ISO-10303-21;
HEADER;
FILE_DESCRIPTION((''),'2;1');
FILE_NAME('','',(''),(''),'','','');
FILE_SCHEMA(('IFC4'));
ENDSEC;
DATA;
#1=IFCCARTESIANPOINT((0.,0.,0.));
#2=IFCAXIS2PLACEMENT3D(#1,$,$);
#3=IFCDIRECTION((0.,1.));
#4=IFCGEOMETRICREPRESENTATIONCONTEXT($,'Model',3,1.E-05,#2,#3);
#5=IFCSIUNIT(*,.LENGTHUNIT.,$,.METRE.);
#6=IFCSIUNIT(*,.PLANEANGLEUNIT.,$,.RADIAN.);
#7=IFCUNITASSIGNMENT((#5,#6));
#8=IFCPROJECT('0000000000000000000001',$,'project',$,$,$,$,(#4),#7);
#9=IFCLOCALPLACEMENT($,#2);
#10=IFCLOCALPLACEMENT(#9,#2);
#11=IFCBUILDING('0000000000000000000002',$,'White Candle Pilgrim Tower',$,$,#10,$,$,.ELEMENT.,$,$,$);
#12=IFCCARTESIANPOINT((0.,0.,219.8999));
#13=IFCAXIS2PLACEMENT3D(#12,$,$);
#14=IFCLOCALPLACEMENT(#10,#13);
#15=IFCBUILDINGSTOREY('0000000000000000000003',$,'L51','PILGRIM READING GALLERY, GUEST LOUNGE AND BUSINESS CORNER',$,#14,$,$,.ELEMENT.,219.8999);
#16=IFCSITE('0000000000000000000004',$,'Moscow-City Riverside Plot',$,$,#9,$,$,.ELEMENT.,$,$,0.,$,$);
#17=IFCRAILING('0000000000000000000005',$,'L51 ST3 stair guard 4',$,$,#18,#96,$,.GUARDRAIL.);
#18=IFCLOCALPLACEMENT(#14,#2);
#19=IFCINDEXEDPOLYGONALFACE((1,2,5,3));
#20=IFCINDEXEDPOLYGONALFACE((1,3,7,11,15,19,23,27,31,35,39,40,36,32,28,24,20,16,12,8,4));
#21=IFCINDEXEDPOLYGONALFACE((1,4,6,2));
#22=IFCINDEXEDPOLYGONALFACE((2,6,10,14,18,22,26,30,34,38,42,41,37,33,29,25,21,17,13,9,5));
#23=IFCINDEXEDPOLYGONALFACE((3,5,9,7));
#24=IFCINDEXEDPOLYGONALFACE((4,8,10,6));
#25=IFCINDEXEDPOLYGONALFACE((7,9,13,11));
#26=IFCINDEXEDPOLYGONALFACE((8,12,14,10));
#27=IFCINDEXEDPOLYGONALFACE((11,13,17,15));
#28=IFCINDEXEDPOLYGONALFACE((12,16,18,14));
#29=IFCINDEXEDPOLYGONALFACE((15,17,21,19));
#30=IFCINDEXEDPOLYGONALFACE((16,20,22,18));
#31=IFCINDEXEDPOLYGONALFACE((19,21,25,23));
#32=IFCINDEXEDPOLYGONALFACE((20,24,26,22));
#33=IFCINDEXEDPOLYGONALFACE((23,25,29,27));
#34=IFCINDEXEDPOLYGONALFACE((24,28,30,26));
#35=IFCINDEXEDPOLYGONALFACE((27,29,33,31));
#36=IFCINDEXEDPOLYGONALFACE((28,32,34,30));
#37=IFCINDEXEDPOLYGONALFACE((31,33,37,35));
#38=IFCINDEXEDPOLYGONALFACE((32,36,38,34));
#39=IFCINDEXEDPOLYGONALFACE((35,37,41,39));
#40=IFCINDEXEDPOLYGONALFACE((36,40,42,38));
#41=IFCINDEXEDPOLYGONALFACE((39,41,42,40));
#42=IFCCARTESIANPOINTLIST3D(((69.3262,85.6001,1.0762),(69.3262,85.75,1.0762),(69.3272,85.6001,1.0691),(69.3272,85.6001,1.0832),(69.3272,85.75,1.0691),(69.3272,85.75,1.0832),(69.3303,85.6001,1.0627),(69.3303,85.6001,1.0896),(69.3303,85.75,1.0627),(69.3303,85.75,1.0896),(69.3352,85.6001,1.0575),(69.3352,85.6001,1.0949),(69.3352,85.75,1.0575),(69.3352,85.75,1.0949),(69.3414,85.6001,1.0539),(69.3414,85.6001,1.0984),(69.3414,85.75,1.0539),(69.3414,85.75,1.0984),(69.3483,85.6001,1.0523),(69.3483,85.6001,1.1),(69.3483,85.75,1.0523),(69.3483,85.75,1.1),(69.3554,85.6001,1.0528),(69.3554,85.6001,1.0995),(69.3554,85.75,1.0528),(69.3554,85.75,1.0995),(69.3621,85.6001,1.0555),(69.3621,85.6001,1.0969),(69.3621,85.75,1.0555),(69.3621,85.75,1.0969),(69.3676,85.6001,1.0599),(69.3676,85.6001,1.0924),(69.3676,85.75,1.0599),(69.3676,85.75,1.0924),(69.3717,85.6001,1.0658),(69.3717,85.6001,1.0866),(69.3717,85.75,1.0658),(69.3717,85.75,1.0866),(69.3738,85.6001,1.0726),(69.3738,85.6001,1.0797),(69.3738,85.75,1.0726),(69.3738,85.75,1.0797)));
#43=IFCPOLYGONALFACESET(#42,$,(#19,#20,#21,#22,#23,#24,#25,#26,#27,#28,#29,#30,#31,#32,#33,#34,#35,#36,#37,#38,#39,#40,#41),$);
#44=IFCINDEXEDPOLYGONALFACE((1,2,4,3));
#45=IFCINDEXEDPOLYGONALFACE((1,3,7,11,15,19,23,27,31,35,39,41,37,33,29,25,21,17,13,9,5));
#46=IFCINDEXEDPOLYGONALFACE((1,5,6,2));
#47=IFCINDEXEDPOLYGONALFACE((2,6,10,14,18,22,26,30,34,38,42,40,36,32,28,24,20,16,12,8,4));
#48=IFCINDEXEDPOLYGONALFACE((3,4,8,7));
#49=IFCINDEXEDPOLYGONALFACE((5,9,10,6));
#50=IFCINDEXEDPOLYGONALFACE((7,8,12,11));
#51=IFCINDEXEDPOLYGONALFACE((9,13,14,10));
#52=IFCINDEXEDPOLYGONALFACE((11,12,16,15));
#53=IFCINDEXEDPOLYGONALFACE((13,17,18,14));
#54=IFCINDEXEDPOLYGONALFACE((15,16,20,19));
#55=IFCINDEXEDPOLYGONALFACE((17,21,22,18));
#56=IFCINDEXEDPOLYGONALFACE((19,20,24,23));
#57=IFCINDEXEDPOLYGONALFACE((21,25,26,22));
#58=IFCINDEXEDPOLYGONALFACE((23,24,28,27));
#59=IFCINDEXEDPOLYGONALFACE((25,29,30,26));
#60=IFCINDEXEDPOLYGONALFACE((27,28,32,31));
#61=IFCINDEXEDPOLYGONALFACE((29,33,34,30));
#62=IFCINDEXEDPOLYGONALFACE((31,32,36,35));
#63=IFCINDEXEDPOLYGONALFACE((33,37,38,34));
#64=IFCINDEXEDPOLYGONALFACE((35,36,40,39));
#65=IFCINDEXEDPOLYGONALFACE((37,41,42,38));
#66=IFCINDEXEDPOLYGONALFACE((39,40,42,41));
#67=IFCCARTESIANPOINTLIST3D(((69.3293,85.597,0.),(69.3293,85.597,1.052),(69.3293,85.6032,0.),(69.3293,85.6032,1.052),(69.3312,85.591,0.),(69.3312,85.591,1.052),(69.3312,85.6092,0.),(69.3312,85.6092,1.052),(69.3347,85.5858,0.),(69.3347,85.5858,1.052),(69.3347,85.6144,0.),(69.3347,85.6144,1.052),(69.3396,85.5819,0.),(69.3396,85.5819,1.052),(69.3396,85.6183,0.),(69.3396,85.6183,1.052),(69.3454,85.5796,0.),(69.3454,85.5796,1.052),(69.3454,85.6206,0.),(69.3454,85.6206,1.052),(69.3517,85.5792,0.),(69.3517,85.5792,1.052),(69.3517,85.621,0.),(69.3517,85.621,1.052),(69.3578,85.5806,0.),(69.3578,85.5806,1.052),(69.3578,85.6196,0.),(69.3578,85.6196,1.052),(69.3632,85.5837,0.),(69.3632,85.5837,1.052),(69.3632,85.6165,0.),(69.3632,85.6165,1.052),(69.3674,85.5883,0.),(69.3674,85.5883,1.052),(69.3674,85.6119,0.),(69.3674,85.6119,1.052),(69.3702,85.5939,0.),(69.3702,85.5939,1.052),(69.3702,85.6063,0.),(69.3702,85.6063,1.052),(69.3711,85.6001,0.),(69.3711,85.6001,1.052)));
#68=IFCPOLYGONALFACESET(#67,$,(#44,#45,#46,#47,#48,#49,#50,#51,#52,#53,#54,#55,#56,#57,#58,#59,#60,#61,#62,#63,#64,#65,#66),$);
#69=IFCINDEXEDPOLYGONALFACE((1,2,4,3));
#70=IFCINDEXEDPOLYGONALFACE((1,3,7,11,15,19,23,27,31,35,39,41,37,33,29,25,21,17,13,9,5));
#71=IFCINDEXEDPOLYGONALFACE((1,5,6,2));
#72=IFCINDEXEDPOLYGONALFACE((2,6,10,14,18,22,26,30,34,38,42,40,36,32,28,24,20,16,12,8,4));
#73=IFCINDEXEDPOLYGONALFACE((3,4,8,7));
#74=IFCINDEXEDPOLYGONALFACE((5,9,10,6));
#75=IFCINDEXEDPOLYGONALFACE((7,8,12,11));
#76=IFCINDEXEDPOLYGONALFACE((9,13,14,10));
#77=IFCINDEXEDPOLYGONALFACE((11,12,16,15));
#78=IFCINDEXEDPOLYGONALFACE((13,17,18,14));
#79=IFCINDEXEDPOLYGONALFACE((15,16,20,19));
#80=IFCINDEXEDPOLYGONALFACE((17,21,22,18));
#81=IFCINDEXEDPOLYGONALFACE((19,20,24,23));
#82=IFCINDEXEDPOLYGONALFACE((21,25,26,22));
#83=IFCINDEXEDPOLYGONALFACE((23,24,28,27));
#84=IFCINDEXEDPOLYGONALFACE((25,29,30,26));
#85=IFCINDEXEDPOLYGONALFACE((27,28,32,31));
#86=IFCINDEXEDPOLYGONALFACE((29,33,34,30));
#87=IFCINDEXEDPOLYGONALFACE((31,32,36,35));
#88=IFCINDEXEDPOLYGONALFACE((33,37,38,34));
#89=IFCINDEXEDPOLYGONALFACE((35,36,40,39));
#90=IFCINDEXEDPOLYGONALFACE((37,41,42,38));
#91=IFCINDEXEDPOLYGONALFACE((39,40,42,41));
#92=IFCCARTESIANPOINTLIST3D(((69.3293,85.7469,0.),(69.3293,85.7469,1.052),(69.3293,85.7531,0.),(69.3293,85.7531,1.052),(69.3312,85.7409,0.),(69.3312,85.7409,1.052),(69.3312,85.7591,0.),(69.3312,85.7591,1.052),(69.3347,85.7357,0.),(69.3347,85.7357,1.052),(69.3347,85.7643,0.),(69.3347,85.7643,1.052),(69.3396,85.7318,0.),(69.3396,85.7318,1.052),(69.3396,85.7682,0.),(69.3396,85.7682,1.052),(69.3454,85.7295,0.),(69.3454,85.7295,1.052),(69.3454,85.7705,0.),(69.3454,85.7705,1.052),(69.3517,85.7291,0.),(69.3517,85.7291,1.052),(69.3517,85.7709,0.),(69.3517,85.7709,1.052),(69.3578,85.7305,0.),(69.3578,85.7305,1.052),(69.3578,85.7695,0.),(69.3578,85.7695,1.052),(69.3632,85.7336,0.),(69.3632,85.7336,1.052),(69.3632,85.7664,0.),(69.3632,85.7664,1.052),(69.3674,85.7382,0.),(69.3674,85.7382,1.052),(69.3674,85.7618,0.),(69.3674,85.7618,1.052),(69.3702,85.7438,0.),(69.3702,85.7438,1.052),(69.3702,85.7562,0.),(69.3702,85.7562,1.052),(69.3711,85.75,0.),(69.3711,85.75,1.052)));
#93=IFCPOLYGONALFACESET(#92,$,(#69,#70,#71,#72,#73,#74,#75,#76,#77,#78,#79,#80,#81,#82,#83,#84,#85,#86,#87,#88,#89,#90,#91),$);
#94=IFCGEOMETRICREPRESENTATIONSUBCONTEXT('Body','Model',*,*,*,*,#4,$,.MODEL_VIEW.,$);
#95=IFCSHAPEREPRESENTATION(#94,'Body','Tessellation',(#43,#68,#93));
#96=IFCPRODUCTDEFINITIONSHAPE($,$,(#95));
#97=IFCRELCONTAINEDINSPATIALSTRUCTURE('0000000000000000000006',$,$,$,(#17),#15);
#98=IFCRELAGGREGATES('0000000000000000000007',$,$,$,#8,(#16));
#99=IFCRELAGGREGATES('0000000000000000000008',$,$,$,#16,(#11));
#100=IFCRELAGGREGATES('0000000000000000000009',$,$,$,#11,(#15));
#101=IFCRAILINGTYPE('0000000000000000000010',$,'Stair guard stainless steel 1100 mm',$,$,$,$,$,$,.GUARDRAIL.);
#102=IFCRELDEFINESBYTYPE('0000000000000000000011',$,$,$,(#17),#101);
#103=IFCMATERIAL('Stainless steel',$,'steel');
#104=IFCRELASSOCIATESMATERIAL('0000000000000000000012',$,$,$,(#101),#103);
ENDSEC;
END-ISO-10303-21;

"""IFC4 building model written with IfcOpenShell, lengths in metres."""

from ifc_helpers import new_model, si_unit, direction, frame, origin, origin_2d, place, context, subcontext, project, spatial, circle, extrude, material, type_object, element, save


model = new_model("IFC4")

# Units and contexts
model_context = context("Model", 3, precision=1e-05, world=origin(), true_north=direction((0.0, 1.0)))
body_context = subcontext(model_context, "Body", "Model", "MODEL_VIEW")
ifc_project = project(units=[si_unit("LENGTHUNIT", "METRE"), si_unit("PLANEANGLEUNIT", "RADIAN")], contexts=[model_context])

# Site, building, storey
site_placement = place(None, origin())
site = spatial("IfcSite", under=ifc_project, at=site_placement, Name="Moscow-City Riverside Plot", CompositionType="ELEMENT", RefElevation=0.0)
building_placement = place(site_placement, origin())
building = spatial("IfcBuilding", under=site, at=building_placement, Name="White Candle Pilgrim Tower", CompositionType="ELEMENT")
storey_placement = place(building_placement, frame((0.0, 0.0, 219.8999)))
storey = spatial("IfcBuildingStorey", under=building, at=storey_placement, Name="L51", Description="PILGRIM READING GALLERY, GUEST LOUNGE AND BUSINESS CORNER", CompositionType="ELEMENT", Elevation=219.8999)

# Railing
ifc_material_1 = material(Name="Stainless steel", Category="steel")
railing_type_1 = type_object("IfcRailingType", Name="Stair guard stainless steel 1100 mm", PredefinedType="GUARDRAIL", material=ifc_material_1)
railing_1_placement = place(storey_placement, frame((69.3501, 85.6001, 0.0)))
element("IfcRailing", 1, at=railing_1_placement, inside=storey, type_object=railing_type_1, Name="L51 ST3 stair guard 4", PredefinedType="GUARDRAIL", context=body_context, shape_type="SweptSolid", body=[
    extrude(circle(Radius=0.0239, at=origin_2d()), frame((0.0, 0.0, 1.0762), z_axis=(0.0, 1.0, 0.0), x_axis=(-1.0, 0.0, 0.0)), (0.0, 0.0, 1.0), 0.1499),
    extrude(circle(Radius=0.021, at=origin_2d()), origin(), (0.0, 0.0, 1.0), 1.052),
    extrude(circle(Radius=0.021, at=origin_2d()), frame((0.0, 0.1499, 0.0)), (0.0, 0.0, 1.0), 1.052),
])

save(model, "model.ifc")
